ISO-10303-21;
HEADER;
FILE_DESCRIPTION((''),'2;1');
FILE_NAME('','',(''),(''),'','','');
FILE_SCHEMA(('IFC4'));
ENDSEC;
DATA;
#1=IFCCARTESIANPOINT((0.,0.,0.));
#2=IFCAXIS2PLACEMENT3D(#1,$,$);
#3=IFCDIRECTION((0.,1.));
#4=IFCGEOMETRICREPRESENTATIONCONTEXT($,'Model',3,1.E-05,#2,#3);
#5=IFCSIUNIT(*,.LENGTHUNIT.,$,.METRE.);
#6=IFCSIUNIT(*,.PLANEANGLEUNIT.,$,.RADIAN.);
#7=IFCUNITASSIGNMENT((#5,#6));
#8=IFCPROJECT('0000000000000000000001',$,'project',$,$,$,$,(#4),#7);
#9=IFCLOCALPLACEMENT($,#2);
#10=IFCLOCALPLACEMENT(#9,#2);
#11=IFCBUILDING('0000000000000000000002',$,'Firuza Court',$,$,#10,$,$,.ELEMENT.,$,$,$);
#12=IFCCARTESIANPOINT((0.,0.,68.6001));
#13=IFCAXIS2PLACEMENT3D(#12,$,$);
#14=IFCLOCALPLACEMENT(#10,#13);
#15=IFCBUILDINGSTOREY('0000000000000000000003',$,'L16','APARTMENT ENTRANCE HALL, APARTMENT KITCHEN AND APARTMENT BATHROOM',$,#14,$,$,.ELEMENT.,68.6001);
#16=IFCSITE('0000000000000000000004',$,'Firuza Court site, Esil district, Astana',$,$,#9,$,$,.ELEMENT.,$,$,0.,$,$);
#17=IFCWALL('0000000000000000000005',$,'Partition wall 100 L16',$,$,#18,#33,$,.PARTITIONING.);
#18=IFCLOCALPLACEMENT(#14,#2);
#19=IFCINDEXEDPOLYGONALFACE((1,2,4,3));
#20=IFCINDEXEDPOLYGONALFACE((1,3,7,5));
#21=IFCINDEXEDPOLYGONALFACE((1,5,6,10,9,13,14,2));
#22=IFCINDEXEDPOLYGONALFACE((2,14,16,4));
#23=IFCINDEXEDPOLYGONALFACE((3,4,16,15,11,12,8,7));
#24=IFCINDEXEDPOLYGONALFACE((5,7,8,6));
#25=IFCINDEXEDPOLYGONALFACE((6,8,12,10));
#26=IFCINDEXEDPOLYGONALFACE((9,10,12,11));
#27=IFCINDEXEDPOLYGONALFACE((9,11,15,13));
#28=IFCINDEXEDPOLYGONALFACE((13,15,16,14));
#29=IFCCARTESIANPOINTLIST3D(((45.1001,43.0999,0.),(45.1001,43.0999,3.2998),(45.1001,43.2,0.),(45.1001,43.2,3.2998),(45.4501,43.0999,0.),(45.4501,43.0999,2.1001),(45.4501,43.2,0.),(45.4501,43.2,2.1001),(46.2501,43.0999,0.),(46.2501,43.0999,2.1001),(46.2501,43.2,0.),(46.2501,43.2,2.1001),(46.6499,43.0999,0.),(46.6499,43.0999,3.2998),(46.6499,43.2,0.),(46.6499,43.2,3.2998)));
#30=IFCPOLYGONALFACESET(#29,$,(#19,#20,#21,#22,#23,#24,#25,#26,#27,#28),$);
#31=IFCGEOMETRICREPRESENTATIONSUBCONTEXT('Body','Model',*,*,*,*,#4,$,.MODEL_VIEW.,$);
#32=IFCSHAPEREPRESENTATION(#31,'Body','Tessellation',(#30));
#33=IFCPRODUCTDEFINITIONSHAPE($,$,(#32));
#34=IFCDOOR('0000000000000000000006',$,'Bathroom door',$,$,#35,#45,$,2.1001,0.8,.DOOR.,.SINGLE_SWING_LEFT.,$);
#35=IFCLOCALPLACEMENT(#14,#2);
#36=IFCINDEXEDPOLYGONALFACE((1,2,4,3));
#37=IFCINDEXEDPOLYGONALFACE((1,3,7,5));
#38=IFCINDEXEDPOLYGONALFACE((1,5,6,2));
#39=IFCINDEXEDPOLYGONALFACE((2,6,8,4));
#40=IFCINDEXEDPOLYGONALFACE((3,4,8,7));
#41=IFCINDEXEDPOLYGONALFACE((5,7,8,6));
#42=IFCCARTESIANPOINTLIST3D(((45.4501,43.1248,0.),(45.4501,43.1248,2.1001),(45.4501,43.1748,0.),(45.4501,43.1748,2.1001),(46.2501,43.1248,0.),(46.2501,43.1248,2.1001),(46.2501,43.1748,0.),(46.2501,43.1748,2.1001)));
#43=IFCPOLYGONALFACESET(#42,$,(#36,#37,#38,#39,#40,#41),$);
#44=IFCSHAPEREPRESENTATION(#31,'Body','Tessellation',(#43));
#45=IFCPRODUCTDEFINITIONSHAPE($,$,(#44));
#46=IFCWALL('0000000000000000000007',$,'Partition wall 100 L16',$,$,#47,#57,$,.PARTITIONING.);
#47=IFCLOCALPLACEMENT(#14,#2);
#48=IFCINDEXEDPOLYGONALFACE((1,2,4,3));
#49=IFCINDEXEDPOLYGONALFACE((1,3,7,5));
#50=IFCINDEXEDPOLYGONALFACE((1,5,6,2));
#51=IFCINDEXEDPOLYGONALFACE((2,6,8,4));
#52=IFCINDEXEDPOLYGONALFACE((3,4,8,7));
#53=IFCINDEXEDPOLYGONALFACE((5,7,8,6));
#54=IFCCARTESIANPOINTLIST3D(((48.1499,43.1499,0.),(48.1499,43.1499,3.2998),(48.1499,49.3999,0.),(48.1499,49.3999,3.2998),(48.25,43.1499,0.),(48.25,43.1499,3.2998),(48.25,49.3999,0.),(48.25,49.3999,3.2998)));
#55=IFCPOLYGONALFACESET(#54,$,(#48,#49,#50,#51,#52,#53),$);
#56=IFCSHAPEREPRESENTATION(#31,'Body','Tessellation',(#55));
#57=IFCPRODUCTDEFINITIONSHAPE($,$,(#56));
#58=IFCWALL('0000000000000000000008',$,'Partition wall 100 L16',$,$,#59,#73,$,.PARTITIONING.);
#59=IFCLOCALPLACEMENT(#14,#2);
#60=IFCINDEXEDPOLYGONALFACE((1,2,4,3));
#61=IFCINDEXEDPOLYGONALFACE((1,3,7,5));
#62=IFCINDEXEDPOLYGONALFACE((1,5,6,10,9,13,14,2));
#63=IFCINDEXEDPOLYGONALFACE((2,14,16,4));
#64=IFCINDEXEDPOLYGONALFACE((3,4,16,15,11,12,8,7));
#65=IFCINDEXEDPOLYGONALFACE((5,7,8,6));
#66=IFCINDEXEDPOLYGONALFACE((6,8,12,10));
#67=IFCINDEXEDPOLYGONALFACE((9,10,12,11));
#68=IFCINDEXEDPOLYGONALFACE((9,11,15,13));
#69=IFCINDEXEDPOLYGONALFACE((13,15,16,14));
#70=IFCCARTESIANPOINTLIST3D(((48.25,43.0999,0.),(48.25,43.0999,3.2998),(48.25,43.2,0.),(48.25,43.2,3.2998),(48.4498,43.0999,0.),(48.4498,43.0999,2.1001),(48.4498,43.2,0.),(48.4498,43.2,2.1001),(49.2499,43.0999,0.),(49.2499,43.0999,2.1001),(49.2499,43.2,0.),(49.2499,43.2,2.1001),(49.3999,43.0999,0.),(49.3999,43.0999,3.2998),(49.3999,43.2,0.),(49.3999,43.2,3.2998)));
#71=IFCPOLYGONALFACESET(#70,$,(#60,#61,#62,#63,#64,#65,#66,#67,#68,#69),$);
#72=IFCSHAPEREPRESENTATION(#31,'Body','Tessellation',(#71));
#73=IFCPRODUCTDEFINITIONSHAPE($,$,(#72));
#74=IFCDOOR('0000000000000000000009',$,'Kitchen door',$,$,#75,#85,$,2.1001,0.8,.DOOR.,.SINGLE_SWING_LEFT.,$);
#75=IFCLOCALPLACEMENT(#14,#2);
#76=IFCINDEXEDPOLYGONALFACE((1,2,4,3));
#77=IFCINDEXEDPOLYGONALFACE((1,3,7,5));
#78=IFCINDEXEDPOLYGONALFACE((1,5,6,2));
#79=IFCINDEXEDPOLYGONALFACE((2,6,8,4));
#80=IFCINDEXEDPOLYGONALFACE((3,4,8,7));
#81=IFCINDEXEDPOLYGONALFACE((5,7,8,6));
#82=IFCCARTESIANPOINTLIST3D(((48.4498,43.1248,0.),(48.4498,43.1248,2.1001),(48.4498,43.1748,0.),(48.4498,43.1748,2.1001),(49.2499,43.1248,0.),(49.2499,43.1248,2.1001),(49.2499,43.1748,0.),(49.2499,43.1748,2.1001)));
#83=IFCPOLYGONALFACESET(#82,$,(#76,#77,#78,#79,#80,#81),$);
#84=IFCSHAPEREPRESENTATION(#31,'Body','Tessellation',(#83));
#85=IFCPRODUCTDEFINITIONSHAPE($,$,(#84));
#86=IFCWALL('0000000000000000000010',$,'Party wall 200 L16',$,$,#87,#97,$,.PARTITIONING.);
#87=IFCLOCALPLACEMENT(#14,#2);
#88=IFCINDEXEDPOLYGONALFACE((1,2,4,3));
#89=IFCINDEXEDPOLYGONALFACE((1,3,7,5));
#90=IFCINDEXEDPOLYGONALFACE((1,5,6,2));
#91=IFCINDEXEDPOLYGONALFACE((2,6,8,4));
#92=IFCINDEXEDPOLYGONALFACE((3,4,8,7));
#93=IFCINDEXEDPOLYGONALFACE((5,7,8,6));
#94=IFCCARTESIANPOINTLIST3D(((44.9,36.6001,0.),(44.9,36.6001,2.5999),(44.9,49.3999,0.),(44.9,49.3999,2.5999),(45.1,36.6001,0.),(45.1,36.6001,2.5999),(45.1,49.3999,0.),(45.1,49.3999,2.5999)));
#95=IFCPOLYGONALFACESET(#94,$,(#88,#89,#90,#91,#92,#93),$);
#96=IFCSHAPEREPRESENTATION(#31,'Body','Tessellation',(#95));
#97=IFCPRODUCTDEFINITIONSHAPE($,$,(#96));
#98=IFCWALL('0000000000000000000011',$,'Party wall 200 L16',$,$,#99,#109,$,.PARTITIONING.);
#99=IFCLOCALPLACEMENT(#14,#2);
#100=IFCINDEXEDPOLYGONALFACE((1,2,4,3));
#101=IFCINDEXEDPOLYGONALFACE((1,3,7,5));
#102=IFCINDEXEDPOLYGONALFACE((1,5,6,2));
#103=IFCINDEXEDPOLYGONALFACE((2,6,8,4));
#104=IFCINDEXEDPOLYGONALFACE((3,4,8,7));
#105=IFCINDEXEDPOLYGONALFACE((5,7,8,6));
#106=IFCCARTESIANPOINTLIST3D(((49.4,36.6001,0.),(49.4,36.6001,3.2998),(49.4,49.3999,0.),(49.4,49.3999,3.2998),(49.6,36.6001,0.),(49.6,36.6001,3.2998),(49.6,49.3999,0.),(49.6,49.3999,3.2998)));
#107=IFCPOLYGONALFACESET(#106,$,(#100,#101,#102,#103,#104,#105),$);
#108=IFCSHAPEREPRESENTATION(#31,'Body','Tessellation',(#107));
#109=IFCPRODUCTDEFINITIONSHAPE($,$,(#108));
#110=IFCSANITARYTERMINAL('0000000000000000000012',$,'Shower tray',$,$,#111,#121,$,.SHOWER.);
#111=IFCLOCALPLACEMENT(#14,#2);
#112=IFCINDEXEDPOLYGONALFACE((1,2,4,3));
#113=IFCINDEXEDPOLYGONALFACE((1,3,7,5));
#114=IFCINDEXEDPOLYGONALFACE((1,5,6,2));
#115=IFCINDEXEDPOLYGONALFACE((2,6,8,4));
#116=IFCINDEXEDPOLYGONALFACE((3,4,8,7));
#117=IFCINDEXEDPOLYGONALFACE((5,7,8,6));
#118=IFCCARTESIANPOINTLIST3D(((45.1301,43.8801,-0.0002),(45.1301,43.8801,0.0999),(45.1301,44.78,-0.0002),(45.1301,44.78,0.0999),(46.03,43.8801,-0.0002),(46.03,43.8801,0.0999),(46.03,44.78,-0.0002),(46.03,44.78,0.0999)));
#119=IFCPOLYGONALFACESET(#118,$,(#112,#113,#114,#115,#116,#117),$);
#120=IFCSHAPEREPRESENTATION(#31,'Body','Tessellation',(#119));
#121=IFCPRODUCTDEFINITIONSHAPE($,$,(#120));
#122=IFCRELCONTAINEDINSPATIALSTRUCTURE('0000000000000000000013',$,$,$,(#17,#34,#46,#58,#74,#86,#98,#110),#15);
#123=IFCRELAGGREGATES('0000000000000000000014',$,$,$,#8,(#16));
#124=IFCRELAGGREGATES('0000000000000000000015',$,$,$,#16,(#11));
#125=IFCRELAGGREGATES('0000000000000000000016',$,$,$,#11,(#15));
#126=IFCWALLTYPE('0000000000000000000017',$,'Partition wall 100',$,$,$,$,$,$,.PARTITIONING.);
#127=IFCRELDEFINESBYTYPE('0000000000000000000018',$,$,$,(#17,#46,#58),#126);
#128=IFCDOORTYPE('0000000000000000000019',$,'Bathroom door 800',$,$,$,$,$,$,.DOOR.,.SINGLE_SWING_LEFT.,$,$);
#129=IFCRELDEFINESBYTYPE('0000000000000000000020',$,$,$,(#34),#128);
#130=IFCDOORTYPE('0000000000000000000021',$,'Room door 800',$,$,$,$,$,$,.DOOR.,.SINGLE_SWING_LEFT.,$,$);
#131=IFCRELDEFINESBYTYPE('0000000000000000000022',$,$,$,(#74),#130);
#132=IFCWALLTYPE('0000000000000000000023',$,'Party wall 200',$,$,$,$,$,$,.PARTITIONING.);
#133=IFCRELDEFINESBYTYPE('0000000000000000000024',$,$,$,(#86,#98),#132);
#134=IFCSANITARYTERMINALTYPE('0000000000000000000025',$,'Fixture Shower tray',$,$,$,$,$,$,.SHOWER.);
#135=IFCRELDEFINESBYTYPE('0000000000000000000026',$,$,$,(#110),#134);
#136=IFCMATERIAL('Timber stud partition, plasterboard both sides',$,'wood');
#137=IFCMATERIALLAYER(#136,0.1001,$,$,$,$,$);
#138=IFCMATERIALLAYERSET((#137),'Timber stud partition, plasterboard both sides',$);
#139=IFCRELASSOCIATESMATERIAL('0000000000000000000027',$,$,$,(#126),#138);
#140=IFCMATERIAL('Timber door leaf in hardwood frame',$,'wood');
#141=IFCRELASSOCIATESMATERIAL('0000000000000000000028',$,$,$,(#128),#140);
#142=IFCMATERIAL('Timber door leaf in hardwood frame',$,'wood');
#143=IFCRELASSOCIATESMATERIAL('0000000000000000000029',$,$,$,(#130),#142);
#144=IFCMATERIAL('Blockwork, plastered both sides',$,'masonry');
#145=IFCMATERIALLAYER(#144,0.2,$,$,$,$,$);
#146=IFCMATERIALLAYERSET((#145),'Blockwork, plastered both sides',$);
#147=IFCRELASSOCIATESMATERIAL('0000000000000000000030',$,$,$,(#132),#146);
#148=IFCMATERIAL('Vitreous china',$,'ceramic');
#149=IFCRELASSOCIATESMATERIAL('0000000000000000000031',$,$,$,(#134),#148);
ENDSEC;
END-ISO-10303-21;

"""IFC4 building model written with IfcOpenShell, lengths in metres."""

from ifc_helpers import new_model, si_unit, direction, frame, frame_2d, origin, origin_2d, place, context, subcontext, project, spatial, rectangle, extrude, material, layer, layer_set, type_object, element, fill, save


model = new_model("IFC4")

# Units and contexts
model_context = context("Model", 3, precision=1e-05, world=origin(), true_north=direction((0.0, 1.0)))
body_context = subcontext(model_context, "Body", "Model", "MODEL_VIEW")
ifc_project = project(units=[si_unit("LENGTHUNIT", "METRE"), si_unit("PLANEANGLEUNIT", "RADIAN")], contexts=[model_context])

# Site, building, storey
site_placement = place(None, origin())
site = spatial("IfcSite", under=ifc_project, at=site_placement, Name="Firuza Court site, Esil district, Astana", CompositionType="ELEMENT", RefElevation=0.0)
building_placement = place(site_placement, origin())
building = spatial("IfcBuilding", under=site, at=building_placement, Name="Firuza Court", CompositionType="ELEMENT")
storey_placement = place(building_placement, frame((0.0, 0.0, 68.6001)))
storey = spatial("IfcBuildingStorey", under=building, at=storey_placement, Name="L16", Description="APARTMENT ENTRANCE HALL, APARTMENT KITCHEN AND APARTMENT BATHROOM", CompositionType="ELEMENT", Elevation=68.6001)

# Shared definitions
ifc_material_1 = material(Name="Timber stud partition, plasterboard both sides", Category="wood")
ifc_layer_1 = layer(ifc_material_1, 0.1001)
ifc_layer_set_1 = layer_set([ifc_layer_1], Name="Timber stud partition, plasterboard both sides")
wall_type_1 = type_object("IfcWallType", Name="Partition wall 100", PredefinedType="PARTITIONING", material=ifc_layer_set_1)

# Wall, opening, door
wall_1_placement = place(storey_placement, frame((45.1001, 43.1499, 0.0), z_axis=(0.0, 0.0, 1.0), x_axis=(1.0, 0.0, 0.0)))
wall_1 = element("IfcWall", 1, at=wall_1_placement, inside=storey, type_object=wall_type_1, Name="Partition wall 100 L16", PredefinedType="PARTITIONING", context=body_context, shape_type="SweptSolid", body=[
    extrude(rectangle(XDim=1.5498, YDim=0.1001, at=frame_2d((0.7749, 0.0))), origin(), (0.0, 0.0, 1.0), 3.2998),
])
opening_1_placement = place(wall_1_placement, frame((0.3501, 0.0, 0.0)))
opening_1 = element("IfcOpeningElement", 2, at=opening_1_placement, cuts=wall_1, PredefinedType="OPENING", context=body_context, shape_type="SweptSolid", body=[
    extrude(rectangle(XDim=0.8, YDim=2.1001, at=frame_2d((0.3999, 1.05))), frame((0.0, 0.062, 0.0), z_axis=(0.0, -1.0, 0.0), x_axis=(1.0, 0.0, 0.0)), (0.0, 0.0, 1.0), 0.124),
])
ifc_material_2 = material(Name="Timber door leaf in hardwood frame", Category="wood")
door_type_1 = type_object("IfcDoorType", Name="Bathroom door 800", OperationType="SINGLE_SWING_LEFT", PredefinedType="DOOR", material=ifc_material_2)
door_1_placement = place(opening_1_placement, origin())
door_1 = element("IfcDoor", 3, at=door_1_placement, inside=storey, type_object=door_type_1, Name="Bathroom door", OperationType="SINGLE_SWING_LEFT", OverallHeight=2.1001, OverallWidth=0.8, PredefinedType="DOOR", context=body_context, shape_type="SweptSolid", body=[
    extrude(rectangle(XDim=0.8, YDim=2.1001, at=frame_2d((0.3999, 1.05))), frame((0.0, 0.0249, 0.0), z_axis=(0.0, -1.0, 0.0), x_axis=(1.0, 0.0, 0.0)), (0.0, 0.0, 1.0), 0.05),
])
fill(opening_1, door_1)

# Wall
wall_2_placement = place(storey_placement, frame((48.2, 43.1499, 0.0), z_axis=(0.0, 0.0, 1.0), x_axis=(0.0, 1.0, 0.0)))
element("IfcWall", 4, at=wall_2_placement, inside=storey, type_object=wall_type_1, Name="Partition wall 100 L16", PredefinedType="PARTITIONING", context=body_context, shape_type="SweptSolid", body=[
    extrude(rectangle(XDim=6.25, YDim=0.1001, at=frame_2d((3.125, 0.0))), origin(), (0.0, 0.0, 1.0), 3.2998),
])

# Wall, opening, door
wall_3_placement = place(storey_placement, frame((48.25, 43.1499, 0.0), z_axis=(0.0, 0.0, 1.0), x_axis=(1.0, 0.0, 0.0)))
wall_3 = element("IfcWall", 5, at=wall_3_placement, inside=storey, type_object=wall_type_1, Name="Partition wall 100 L16", PredefinedType="PARTITIONING", context=body_context, shape_type="SweptSolid", body=[
    extrude(rectangle(XDim=1.1499, YDim=0.1001, at=frame_2d((0.575, 0.0))), origin(), (0.0, 0.0, 1.0), 3.2998),
])
opening_2_placement = place(wall_3_placement, frame((0.2, 0.0, 0.0)))
opening_2 = element("IfcOpeningElement", 6, at=opening_2_placement, cuts=wall_3, PredefinedType="OPENING", context=body_context, shape_type="SweptSolid", body=[
    extrude(rectangle(XDim=0.8, YDim=2.1001, at=frame_2d((0.3999, 1.05))), frame((0.0, 0.062, 0.0), z_axis=(0.0, -1.0, 0.0), x_axis=(1.0, 0.0, 0.0)), (0.0, 0.0, 1.0), 0.124),
])
ifc_material_3 = material(Name="Timber door leaf in hardwood frame", Category="wood")
door_type_2 = type_object("IfcDoorType", Name="Room door 800", OperationType="SINGLE_SWING_LEFT", PredefinedType="DOOR", material=ifc_material_3)
door_2_placement = place(opening_2_placement, origin())
door_2 = element("IfcDoor", 7, at=door_2_placement, inside=storey, type_object=door_type_2, Name="Kitchen door", OperationType="SINGLE_SWING_LEFT", OverallHeight=2.1001, OverallWidth=0.8, PredefinedType="DOOR", context=body_context, shape_type="SweptSolid", body=[
    extrude(rectangle(XDim=0.8, YDim=2.1001, at=frame_2d((0.3999, 1.05))), frame((0.0, 0.0249, 0.0), z_axis=(0.0, -1.0, 0.0), x_axis=(1.0, 0.0, 0.0)), (0.0, 0.0, 1.0), 0.05),
])
fill(opening_2, door_2)

# Walls
ifc_material_4 = material(Name="Blockwork, plastered both sides", Category="masonry")
ifc_layer_2 = layer(ifc_material_4, 0.2)
ifc_layer_set_2 = layer_set([ifc_layer_2], Name="Blockwork, plastered both sides")
wall_type_2 = type_object("IfcWallType", Name="Party wall 200", PredefinedType="PARTITIONING", material=ifc_layer_set_2)
wall_4_placement = place(storey_placement, frame((45.0, 36.6001, 0.0), z_axis=(0.0, 0.0, 1.0), x_axis=(0.0, 1.0, 0.0)))
element("IfcWall", 8, at=wall_4_placement, inside=storey, type_object=wall_type_2, Name="Party wall 200 L16", PredefinedType="PARTITIONING", context=body_context, shape_type="SweptSolid", body=[
    extrude(rectangle(XDim=12.7998, YDim=0.2, at=frame_2d((6.3999, 0.0))), origin(), (0.0, 0.0, 1.0), 2.5999),
])
wall_5_placement = place(storey_placement, frame((49.5, 36.6001, 0.0), z_axis=(0.0, 0.0, 1.0), x_axis=(0.0, 1.0, 0.0)))
element("IfcWall", 9, at=wall_5_placement, inside=storey, type_object=wall_type_2, Name="Party wall 200 L16", PredefinedType="PARTITIONING", context=body_context, shape_type="SweptSolid", body=[
    extrude(rectangle(XDim=12.7998, YDim=0.2, at=frame_2d((6.3999, 0.0))), origin(), (0.0, 0.0, 1.0), 3.2998),
])

# Sanitary terminal
ifc_material_5 = material(Name="Vitreous china", Category="ceramic")
sanitary_terminal_type = type_object("IfcSanitaryTerminalType", Name="Fixture Shower tray", PredefinedType="SHOWER", material=ifc_material_5)
sanitary_terminal_placement = place(storey_placement, frame((45.5801, 44.3301, -0.0002), z_axis=(0.0, 0.0, 1.0), x_axis=(1.0, 0.0, 0.0)))
element("IfcSanitaryTerminal", 10, at=sanitary_terminal_placement, inside=storey, type_object=sanitary_terminal_type, Name="Shower tray", PredefinedType="SHOWER", context=body_context, shape_type="SweptSolid", body=[
    extrude(rectangle(XDim=0.8999, YDim=0.8999, at=origin_2d()), origin(), (0.0, 0.0, 1.0), 0.1001),
])

save(model, "model.ifc")
